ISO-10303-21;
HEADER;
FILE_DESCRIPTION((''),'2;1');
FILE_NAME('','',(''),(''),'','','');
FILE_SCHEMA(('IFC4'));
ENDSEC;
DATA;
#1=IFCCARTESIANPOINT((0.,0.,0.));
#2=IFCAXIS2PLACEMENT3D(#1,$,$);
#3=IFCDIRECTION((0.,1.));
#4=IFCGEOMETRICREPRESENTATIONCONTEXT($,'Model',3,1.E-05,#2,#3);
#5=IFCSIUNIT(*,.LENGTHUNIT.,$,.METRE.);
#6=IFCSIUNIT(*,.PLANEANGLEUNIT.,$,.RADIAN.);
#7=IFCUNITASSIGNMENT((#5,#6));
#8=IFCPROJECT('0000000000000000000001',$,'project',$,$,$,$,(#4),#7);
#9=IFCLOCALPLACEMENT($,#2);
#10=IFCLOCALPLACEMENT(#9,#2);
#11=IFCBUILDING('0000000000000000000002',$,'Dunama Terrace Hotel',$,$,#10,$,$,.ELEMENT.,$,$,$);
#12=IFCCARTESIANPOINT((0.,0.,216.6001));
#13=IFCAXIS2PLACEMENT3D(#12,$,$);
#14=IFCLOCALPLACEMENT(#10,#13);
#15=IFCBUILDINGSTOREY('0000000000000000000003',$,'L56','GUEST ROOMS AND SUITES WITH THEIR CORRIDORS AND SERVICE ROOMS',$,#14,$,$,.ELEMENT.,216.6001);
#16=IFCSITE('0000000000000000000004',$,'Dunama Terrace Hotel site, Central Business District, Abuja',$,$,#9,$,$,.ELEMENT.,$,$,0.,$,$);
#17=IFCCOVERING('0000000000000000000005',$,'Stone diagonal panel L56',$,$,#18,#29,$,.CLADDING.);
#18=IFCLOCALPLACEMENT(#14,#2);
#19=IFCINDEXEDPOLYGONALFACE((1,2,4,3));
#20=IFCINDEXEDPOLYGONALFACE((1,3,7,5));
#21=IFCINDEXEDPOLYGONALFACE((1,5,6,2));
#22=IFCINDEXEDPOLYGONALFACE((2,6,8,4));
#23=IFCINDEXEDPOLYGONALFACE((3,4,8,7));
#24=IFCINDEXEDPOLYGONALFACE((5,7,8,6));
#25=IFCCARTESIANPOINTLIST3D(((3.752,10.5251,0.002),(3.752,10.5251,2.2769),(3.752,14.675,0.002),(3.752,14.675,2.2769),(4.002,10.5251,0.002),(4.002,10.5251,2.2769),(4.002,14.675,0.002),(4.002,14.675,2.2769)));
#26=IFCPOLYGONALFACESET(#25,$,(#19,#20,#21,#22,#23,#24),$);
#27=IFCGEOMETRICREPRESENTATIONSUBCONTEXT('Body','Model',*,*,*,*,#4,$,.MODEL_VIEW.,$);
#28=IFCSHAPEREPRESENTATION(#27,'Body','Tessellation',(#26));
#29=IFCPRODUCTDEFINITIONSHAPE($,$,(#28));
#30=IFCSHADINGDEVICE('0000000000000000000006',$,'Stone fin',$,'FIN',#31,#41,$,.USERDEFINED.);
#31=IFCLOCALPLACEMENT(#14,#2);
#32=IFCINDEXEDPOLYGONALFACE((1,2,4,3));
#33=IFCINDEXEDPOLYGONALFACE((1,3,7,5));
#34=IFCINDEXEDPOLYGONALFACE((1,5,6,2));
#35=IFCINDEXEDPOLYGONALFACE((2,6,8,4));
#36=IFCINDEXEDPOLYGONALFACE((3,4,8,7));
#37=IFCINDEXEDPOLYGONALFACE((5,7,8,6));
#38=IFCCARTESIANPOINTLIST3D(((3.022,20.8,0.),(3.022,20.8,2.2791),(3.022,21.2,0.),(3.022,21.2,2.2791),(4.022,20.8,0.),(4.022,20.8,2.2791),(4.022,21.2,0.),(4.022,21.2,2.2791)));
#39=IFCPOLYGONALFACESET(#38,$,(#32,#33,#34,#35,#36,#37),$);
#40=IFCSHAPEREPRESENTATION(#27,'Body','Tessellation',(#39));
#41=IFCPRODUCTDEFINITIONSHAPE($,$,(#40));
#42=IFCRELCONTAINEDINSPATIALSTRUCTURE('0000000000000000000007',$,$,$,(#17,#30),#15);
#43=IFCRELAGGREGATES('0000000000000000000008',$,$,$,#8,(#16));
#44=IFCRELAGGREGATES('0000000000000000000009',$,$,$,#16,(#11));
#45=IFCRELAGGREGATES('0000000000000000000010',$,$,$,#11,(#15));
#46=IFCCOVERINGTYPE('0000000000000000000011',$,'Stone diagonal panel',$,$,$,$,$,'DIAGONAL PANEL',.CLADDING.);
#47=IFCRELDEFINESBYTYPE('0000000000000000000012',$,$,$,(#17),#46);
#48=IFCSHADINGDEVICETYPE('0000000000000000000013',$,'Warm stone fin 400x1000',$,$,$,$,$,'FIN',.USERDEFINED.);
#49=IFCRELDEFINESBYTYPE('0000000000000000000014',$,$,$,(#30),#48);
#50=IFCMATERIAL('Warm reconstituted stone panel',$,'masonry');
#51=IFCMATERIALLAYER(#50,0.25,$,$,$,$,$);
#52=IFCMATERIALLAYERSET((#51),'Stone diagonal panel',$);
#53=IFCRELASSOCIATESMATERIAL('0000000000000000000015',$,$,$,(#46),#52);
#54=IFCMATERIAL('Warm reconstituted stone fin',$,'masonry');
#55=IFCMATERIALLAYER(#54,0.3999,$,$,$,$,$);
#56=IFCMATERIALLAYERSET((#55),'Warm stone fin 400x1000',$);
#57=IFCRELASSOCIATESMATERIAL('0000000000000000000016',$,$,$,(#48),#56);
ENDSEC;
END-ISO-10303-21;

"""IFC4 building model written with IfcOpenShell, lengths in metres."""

from ifc_helpers import new_model, si_unit, direction, frame, origin, origin_2d, place, context, subcontext, project, spatial, rectangle, extrude, material, layer, layer_set, type_object, element, save


model = new_model("IFC4")

# Units and contexts
model_context = context("Model", 3, precision=1e-05, world=origin(), true_north=direction((0.0, 1.0)))
body_context = subcontext(model_context, "Body", "Model", "MODEL_VIEW")
ifc_project = project(units=[si_unit("LENGTHUNIT", "METRE"), si_unit("PLANEANGLEUNIT", "RADIAN")], contexts=[model_context])

# Site, building, storey
site_placement = place(None, origin())
site = spatial("IfcSite", under=ifc_project, at=site_placement, Name="Dunama Terrace Hotel site, Central Business District, Abuja", CompositionType="ELEMENT", RefElevation=0.0)
building_placement = place(site_placement, origin())
building = spatial("IfcBuilding", under=site, at=building_placement, Name="Dunama Terrace Hotel", CompositionType="ELEMENT")
storey_placement = place(building_placement, frame((0.0, 0.0, 216.6001)))
storey = spatial("IfcBuildingStorey", under=building, at=storey_placement, Name="L56", Description="GUEST ROOMS AND SUITES WITH THEIR CORRIDORS AND SERVICE ROOMS", CompositionType="ELEMENT", Elevation=216.6001)

# Covering
ifc_material_1 = material(Name="Warm reconstituted stone panel", Category="masonry")
ifc_layer_1 = layer(ifc_material_1, 0.25)
ifc_layer_set_1 = layer_set([ifc_layer_1], Name="Stone diagonal panel")
covering_type = type_object("IfcCoveringType", Name="Stone diagonal panel", ElementType="DIAGONAL PANEL", PredefinedType="CLADDING", material=ifc_layer_set_1)
for number, where, z_axis, x_axis, name in (
    (1, (3.877, 12.6001, 0.002), (0.0, 0.0, 1.0), (0.0, -1.0, 0.0), "Stone diagonal panel L56"),
):
    element("IfcCovering", number, at=place(storey_placement, frame(where, z_axis=z_axis, x_axis=x_axis)), inside=storey, type_object=covering_type, Name=name, PredefinedType="CLADDING", context=body_context, shape_type="SweptSolid", body=[
        extrude(rectangle(XDim=4.1499, YDim=0.25, at=origin_2d()), origin(), (0.0, 0.0, 1.0), 2.2749),
    ])

# Shading device
ifc_material_2 = material(Name="Warm reconstituted stone fin", Category="masonry")
ifc_layer_2 = layer(ifc_material_2, 0.3999)
ifc_layer_set_2 = layer_set([ifc_layer_2], Name="Warm stone fin 400x1000")
shading_device_type = type_object("IfcShadingDeviceType", Name="Warm stone fin 400x1000", ElementType="FIN", PredefinedType="USERDEFINED", material=ifc_layer_set_2)
shading_device_placement = place(storey_placement, frame((3.522, 21.0, 0.0), z_axis=(0.0, 0.0, 1.0), x_axis=(0.0, -1.0, 0.0)))
element("IfcShadingDevice", 2, at=shading_device_placement, inside=storey, type_object=shading_device_type, Name="Stone fin", ObjectType="FIN", PredefinedType="USERDEFINED", context=body_context, shape_type="SweptSolid", body=[
    extrude(rectangle(XDim=0.3999, YDim=1.0, at=origin_2d()), origin(), (0.0, 0.0, 1.0), 2.2791),
])

save(model, "model.ifc")
